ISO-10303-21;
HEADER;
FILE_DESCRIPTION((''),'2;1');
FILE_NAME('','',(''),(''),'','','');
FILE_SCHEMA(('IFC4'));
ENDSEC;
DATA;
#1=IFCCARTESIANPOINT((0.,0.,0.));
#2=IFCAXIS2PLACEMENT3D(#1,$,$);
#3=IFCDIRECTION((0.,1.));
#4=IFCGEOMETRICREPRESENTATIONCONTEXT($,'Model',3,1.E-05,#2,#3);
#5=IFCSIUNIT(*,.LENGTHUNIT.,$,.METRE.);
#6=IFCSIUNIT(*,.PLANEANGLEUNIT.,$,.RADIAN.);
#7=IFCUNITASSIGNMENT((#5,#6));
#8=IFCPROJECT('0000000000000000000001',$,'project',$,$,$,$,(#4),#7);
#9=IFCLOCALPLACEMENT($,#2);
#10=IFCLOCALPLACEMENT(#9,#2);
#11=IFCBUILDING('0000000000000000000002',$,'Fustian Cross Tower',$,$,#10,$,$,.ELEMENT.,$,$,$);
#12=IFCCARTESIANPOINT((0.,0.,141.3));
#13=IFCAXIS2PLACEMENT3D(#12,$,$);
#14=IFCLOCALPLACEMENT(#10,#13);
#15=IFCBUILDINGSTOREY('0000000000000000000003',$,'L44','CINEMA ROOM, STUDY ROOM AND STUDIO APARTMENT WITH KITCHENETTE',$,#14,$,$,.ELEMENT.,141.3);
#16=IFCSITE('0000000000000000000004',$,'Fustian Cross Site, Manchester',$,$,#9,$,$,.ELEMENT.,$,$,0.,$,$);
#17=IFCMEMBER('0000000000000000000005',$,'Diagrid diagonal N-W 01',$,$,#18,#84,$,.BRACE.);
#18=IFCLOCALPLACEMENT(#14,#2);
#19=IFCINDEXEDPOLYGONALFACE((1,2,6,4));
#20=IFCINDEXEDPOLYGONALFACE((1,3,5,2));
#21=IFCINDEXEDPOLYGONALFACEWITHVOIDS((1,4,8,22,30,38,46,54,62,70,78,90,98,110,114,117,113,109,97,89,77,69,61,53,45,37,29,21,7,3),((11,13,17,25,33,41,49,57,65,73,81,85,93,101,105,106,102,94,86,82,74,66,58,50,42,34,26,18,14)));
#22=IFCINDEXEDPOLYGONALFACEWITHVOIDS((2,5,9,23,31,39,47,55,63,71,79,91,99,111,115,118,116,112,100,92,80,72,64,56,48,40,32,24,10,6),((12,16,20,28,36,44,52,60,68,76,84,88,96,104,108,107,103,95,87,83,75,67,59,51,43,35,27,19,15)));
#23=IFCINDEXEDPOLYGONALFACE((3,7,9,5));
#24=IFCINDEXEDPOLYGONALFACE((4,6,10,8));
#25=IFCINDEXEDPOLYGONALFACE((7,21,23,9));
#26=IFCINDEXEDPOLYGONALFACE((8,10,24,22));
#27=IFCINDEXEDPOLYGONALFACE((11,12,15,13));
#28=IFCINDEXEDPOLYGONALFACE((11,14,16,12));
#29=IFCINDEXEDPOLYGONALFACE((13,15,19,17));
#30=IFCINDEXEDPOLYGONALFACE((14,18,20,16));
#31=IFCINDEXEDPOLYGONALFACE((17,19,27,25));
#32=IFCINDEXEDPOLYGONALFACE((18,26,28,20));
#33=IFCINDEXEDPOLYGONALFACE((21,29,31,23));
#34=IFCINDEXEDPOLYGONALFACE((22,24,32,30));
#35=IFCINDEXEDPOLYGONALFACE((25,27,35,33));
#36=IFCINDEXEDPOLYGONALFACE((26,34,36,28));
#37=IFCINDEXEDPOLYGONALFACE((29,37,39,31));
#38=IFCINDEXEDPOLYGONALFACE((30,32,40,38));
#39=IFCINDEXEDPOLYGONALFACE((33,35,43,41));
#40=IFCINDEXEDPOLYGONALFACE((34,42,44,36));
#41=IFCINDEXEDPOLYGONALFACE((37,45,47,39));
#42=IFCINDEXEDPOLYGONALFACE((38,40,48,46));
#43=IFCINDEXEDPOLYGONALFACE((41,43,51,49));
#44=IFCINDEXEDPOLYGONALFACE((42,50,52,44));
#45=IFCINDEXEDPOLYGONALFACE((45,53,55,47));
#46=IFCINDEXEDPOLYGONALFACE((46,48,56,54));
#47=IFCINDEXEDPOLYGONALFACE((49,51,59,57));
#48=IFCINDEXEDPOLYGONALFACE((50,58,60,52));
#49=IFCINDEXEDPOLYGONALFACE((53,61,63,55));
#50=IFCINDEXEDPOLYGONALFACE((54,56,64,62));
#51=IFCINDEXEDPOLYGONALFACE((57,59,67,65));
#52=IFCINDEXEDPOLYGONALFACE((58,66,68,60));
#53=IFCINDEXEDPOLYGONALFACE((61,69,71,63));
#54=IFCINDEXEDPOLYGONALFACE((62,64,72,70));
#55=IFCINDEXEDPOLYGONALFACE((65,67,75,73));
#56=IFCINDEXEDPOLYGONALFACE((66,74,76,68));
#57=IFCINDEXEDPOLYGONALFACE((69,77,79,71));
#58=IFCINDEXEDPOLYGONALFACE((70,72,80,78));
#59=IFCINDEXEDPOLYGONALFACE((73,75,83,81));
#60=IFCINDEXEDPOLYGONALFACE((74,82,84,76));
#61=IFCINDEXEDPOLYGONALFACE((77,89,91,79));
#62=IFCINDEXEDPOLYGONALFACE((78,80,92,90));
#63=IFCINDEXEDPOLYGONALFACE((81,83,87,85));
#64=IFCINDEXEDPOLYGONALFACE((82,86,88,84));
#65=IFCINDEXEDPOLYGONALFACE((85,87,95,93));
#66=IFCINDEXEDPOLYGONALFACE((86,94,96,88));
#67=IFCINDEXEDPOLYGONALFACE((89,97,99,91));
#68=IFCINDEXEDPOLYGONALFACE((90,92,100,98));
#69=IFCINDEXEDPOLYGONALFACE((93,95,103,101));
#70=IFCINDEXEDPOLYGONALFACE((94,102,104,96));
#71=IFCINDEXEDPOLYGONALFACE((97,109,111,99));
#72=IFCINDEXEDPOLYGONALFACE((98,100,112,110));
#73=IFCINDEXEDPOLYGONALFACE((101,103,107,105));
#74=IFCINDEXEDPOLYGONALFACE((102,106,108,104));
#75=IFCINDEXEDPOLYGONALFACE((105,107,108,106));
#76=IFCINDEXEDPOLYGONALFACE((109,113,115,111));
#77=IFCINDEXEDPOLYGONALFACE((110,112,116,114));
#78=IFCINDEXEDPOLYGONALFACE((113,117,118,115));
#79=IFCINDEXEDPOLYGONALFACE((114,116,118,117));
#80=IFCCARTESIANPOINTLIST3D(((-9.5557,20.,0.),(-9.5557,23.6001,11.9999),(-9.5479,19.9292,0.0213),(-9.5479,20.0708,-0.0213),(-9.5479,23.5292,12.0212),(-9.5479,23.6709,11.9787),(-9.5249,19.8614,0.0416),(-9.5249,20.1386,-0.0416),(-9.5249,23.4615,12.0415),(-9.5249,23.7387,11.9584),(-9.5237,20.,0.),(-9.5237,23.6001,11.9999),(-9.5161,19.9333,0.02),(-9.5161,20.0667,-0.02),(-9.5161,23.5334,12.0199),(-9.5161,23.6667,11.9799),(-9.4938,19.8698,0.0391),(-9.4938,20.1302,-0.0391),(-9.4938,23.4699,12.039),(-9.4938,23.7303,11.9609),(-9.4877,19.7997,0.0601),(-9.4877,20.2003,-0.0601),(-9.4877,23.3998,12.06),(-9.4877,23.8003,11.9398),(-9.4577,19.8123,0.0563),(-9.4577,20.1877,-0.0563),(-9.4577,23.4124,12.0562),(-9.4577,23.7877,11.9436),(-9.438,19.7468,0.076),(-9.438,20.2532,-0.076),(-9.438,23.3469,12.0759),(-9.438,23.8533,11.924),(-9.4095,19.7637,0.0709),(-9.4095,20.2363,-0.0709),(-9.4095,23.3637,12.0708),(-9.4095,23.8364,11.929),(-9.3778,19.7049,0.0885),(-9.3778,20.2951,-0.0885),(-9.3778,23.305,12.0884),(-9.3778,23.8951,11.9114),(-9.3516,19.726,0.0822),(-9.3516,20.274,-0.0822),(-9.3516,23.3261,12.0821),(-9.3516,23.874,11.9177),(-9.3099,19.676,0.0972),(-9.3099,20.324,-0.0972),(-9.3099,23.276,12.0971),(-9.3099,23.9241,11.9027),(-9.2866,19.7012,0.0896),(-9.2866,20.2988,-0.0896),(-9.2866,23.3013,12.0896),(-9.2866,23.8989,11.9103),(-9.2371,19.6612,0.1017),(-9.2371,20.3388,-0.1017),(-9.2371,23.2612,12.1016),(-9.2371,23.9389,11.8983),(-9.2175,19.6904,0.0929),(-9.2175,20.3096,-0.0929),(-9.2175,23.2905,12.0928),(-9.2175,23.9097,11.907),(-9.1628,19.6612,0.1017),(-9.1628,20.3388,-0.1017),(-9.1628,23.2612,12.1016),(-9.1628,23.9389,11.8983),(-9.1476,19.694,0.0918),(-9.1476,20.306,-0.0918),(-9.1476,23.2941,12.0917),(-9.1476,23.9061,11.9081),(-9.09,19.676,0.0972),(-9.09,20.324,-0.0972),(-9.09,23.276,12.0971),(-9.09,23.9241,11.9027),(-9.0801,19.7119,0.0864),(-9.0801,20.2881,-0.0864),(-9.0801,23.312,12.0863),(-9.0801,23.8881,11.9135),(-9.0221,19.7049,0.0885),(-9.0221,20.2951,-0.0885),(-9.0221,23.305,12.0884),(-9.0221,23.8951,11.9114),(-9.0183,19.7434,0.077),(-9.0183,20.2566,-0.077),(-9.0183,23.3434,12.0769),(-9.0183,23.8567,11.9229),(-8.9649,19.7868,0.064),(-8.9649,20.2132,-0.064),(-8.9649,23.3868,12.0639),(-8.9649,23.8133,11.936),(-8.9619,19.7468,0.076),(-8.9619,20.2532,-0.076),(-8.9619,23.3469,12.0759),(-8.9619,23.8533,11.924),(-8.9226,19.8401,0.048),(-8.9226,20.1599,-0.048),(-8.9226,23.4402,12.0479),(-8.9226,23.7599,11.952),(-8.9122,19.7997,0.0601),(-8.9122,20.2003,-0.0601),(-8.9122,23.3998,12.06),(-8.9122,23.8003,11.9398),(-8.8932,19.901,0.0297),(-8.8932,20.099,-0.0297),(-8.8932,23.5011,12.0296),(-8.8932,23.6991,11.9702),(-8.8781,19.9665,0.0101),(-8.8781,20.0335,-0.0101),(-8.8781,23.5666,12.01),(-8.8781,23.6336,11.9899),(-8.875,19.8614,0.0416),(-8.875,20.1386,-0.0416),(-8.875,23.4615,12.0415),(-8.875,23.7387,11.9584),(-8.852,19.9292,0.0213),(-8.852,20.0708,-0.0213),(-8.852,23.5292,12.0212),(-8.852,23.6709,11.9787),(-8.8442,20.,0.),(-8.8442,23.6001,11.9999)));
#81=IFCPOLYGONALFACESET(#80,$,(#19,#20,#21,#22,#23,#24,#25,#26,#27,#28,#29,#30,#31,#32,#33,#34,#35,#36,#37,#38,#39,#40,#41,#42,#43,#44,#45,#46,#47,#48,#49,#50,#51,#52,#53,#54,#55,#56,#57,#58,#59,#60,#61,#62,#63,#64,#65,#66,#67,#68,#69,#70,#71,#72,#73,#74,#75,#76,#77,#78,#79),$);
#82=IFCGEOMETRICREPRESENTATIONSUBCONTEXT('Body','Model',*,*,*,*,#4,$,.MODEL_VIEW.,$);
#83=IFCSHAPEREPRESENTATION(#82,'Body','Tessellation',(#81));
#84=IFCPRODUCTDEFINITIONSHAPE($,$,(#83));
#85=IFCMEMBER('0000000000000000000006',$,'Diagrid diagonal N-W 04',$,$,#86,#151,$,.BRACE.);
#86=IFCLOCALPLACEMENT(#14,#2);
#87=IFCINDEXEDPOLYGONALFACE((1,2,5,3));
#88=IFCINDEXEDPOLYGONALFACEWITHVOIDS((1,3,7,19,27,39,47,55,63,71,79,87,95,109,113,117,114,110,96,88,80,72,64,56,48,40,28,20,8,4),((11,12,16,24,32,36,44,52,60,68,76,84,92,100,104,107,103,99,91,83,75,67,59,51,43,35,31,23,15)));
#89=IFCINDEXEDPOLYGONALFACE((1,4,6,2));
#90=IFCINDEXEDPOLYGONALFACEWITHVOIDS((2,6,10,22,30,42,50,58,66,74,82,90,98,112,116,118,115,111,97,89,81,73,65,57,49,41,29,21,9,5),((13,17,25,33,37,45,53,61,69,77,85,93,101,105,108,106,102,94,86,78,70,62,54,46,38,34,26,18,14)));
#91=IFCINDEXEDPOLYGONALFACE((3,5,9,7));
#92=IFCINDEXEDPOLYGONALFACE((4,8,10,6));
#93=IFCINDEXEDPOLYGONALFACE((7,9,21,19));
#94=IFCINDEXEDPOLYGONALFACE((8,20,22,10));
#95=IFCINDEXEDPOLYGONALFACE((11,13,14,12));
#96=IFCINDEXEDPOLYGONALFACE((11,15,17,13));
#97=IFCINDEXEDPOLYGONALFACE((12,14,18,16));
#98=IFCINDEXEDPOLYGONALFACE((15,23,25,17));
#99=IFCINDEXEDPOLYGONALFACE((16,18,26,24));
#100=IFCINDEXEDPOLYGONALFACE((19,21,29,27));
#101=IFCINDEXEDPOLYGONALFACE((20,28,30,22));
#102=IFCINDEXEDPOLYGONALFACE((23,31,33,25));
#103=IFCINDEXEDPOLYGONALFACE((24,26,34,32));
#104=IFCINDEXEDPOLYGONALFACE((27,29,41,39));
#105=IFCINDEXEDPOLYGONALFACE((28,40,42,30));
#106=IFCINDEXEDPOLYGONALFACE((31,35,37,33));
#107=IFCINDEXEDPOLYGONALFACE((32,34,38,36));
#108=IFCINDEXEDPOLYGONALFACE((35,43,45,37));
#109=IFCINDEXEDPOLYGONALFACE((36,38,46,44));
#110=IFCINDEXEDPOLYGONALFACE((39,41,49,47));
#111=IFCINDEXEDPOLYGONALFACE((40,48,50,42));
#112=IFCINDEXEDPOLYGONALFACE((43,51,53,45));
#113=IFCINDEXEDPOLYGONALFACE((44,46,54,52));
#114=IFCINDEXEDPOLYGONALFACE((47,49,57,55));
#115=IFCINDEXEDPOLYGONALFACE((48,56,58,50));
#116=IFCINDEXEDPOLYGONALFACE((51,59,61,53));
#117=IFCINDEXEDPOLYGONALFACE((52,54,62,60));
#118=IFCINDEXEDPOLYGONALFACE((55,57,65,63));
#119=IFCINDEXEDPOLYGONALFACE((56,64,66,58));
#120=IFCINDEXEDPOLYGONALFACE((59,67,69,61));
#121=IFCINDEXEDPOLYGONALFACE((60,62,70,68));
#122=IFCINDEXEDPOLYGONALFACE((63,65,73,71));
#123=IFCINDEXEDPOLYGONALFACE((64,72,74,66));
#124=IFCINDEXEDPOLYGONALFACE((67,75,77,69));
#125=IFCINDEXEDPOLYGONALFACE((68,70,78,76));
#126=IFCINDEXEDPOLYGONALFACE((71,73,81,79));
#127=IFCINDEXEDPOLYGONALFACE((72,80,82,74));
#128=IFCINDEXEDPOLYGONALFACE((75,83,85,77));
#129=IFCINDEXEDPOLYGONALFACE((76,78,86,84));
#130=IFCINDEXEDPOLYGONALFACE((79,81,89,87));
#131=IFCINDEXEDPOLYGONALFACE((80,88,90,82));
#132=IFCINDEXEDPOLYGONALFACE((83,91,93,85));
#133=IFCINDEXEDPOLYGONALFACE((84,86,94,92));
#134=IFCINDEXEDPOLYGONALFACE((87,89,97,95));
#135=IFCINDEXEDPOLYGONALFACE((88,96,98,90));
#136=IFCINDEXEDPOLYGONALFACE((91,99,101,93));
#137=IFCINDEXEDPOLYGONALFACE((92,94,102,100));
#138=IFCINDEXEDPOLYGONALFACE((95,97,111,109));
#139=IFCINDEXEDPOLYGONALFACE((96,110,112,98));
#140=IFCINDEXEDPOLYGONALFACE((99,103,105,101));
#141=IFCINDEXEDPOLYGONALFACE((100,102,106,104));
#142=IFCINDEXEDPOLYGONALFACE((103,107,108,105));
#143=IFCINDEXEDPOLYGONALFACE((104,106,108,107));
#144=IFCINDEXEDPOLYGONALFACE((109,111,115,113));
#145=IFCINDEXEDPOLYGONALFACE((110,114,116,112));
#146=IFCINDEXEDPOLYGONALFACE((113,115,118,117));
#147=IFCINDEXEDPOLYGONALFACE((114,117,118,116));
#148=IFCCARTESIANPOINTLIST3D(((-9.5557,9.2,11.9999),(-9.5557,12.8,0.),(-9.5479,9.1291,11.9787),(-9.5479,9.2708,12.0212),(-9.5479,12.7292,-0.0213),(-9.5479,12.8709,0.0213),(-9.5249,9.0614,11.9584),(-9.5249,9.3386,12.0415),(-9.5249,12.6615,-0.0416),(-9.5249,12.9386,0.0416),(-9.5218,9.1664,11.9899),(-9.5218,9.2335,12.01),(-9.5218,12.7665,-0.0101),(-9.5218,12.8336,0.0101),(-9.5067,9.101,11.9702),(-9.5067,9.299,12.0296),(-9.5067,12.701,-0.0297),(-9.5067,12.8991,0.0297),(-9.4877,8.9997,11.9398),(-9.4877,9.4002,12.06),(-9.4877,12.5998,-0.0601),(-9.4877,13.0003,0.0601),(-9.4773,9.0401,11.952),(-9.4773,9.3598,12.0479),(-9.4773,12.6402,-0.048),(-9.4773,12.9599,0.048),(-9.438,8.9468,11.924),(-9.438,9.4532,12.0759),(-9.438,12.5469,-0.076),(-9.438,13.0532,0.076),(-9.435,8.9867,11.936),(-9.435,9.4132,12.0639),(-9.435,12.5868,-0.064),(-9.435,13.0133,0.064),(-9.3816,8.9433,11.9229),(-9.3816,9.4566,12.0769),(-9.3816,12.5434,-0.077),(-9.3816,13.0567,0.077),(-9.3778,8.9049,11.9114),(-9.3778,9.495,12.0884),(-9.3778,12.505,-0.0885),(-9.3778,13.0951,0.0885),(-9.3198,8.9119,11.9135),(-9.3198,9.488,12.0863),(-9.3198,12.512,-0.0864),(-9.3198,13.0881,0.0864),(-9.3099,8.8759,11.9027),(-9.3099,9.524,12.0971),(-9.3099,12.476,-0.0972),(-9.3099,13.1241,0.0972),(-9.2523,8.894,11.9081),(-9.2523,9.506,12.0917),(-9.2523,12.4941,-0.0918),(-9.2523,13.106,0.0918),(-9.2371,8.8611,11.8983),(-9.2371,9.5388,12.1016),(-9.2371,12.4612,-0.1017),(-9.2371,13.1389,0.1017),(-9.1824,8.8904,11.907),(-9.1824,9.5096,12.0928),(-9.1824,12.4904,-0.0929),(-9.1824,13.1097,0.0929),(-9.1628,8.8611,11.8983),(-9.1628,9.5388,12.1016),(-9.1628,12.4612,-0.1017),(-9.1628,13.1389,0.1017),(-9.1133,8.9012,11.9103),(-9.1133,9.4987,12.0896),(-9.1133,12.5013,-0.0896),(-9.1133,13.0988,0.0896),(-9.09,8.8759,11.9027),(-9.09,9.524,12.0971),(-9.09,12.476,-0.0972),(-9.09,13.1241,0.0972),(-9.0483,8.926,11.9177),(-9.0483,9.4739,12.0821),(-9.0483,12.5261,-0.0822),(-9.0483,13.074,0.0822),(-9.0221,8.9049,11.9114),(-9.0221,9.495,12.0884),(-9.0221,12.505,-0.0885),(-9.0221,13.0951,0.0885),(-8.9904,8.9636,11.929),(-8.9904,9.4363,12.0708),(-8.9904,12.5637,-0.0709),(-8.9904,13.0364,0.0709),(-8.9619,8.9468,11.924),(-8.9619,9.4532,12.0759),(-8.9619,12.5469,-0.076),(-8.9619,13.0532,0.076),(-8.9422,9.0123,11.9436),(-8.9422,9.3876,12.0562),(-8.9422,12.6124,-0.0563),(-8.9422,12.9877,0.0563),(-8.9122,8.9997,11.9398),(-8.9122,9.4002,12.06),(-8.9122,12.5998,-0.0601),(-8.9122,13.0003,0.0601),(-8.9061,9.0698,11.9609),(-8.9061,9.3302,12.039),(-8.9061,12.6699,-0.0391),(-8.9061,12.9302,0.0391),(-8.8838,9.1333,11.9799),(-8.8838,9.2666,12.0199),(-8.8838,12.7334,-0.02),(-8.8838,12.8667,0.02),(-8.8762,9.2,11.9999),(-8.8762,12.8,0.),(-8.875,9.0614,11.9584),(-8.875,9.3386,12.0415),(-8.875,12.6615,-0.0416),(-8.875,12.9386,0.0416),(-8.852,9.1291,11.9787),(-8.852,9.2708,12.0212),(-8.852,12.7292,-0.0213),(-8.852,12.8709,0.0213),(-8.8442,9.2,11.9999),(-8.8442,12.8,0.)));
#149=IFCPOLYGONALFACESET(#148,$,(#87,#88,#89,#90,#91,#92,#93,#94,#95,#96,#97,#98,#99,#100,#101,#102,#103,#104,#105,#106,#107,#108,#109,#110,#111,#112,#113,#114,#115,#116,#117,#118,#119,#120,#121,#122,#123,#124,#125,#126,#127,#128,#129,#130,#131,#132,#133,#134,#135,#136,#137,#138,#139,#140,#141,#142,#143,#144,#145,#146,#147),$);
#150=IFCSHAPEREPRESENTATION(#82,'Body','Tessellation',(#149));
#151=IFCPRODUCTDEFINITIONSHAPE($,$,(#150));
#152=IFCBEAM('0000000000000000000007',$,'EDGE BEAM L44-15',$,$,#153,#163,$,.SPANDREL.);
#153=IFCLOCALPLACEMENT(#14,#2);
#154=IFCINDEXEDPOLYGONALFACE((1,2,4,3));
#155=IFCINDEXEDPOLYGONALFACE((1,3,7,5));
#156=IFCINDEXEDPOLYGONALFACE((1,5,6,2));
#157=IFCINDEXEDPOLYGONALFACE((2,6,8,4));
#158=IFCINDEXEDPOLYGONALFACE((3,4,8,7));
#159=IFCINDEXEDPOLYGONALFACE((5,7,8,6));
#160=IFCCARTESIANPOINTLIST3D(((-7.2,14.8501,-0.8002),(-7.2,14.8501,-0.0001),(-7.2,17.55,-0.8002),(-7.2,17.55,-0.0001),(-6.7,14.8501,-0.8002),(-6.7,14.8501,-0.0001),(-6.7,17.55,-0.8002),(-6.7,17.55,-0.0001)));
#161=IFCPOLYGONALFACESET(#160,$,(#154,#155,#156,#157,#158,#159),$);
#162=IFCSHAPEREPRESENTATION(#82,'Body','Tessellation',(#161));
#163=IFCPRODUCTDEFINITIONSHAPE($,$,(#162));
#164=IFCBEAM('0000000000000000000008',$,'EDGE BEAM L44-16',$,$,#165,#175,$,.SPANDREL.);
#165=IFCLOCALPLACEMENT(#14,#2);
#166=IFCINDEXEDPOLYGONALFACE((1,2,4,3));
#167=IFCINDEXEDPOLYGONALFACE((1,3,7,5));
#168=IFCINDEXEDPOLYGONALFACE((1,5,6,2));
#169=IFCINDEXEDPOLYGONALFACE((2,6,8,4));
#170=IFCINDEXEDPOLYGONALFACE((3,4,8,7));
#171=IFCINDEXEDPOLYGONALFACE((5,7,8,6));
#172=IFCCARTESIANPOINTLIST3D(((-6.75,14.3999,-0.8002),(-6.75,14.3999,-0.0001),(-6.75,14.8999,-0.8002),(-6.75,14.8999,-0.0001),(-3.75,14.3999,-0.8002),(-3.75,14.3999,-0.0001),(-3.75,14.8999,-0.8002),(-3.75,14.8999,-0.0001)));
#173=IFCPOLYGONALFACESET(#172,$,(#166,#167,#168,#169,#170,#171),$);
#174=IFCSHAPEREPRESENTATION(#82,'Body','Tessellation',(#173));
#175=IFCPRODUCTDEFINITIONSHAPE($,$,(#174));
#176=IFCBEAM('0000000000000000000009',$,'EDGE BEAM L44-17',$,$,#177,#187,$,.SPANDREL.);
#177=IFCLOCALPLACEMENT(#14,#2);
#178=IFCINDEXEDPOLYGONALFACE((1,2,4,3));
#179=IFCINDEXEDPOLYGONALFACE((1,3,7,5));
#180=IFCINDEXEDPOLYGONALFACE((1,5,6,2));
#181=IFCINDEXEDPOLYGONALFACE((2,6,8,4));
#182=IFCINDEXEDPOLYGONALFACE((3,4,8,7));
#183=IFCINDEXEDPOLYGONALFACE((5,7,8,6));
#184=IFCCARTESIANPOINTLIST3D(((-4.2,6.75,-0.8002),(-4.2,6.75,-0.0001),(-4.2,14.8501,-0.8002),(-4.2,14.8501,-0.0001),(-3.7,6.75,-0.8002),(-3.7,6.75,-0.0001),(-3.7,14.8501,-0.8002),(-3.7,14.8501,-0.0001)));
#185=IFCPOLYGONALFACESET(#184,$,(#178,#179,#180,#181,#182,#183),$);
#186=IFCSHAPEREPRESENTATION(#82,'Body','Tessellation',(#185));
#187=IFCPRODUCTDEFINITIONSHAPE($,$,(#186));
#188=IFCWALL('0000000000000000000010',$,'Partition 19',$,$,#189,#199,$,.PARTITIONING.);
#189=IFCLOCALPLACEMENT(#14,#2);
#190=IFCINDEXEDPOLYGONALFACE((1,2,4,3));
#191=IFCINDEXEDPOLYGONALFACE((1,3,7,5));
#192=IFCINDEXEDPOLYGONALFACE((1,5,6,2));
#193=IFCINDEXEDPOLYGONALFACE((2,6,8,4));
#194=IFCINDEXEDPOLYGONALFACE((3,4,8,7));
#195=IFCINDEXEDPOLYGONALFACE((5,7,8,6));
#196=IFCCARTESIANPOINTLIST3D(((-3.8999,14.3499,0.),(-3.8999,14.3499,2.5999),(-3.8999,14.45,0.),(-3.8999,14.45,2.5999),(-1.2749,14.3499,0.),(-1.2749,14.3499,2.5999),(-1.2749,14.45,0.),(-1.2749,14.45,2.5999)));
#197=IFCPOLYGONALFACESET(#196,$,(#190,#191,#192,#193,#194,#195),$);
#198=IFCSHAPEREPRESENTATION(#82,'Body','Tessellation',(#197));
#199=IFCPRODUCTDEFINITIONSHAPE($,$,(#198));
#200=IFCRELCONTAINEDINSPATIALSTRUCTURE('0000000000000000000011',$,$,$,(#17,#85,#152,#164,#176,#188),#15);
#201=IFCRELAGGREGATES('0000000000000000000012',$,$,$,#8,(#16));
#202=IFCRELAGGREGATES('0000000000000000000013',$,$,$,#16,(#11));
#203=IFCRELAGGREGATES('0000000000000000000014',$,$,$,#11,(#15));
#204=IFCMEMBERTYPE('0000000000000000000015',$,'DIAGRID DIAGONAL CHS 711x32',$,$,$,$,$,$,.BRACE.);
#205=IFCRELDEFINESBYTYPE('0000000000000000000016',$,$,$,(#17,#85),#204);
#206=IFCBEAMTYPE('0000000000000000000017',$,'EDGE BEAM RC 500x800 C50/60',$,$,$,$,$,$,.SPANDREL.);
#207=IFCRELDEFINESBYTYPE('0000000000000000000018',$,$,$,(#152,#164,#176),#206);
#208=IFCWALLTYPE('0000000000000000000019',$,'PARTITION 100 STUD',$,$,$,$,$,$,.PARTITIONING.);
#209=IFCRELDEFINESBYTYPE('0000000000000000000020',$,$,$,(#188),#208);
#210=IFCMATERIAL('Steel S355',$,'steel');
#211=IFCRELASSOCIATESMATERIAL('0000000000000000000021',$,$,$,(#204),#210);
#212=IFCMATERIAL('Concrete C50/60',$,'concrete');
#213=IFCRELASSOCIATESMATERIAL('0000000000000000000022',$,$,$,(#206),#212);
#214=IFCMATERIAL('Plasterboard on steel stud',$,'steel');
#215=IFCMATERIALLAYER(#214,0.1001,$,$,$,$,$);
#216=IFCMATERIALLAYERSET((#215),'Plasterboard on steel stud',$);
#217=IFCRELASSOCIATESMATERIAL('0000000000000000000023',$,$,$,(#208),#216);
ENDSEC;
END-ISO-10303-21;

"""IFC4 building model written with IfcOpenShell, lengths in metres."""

from ifc_helpers import new_model, si_unit, direction, frame, frame_2d, origin, origin_2d, place, context, subcontext, project, spatial, rectangle, hollow_circle, extrude, material, layer, layer_set, material_profile, profile_set, type_object, element, save


model = new_model("IFC4")

# Units and contexts
model_context = context("Model", 3, precision=1e-05, world=origin(), true_north=direction((0.0, 1.0)))
body_context = subcontext(model_context, "Body", "Model", "MODEL_VIEW")
ifc_project = project(units=[si_unit("LENGTHUNIT", "METRE"), si_unit("PLANEANGLEUNIT", "RADIAN")], contexts=[model_context])

# Site, building, storey
site_placement = place(None, origin())
site = spatial("IfcSite", under=ifc_project, at=site_placement, Name="Fustian Cross Site, Manchester", CompositionType="ELEMENT", RefElevation=0.0)
building_placement = place(site_placement, origin())
building = spatial("IfcBuilding", under=site, at=building_placement, Name="Fustian Cross Tower", CompositionType="ELEMENT")
storey_placement = place(building_placement, frame((0.0, 0.0, 141.3)))
storey = spatial("IfcBuildingStorey", under=building, at=storey_placement, Name="L44", Description="CINEMA ROOM, STUDY ROOM AND STUDIO APARTMENT WITH KITCHENETTE", CompositionType="ELEMENT", Elevation=141.3)

# Members
ifc_material_1 = material(Name="Steel S355", Category="steel")
ifc_material_profile_1 = material_profile(ifc_material_1, hollow_circle(Radius=0.3557, WallThickness=0.032, at=origin_2d()), Name="CHS 711x32")
ifc_profile_set_1 = profile_set([ifc_material_profile_1], Name="Steel S355")
member_type_1 = type_object("IfcMemberType", Name="DIAGRID DIAGONAL CHS 711x32", PredefinedType="BRACE", material=ifc_profile_set_1)
for number, where, z_axis, x_axis, name in (
    (1, (-9.2, 20.0, 0.0), (0.0, 0.287355, 0.957824), (-1.0, 0.0, 0.0), "Diagrid diagonal N-W 01"),
    (2, (-9.2, 12.8, 0.0), (0.0, -0.287355, 0.957824), (1.0, 0.0, 0.0), "Diagrid diagonal N-W 04"),
):
    element("IfcMember", number, at=place(storey_placement, frame(where, z_axis=z_axis, x_axis=x_axis)), inside=storey, type_object=member_type_1, Name=name, PredefinedType="BRACE", context=body_context, shape_type="SweptSolid", body=[
        extrude(hollow_circle(Radius=0.3557, WallThickness=0.032, at=origin_2d()), origin(), (0.0, 0.0, 1.0), 12.5283),
    ])

# Beams
ifc_material_2 = material(Name="Concrete C50/60", Category="concrete")
ifc_material_profile_2 = material_profile(ifc_material_2, rectangle(XDim=0.5, YDim=0.8, at=origin_2d()), Name="RC 500x800")
ifc_profile_set_2 = profile_set([ifc_material_profile_2], Name="Concrete C50/60")
beam_type = type_object("IfcBeamType", Name="EDGE BEAM RC 500x800 C50/60", PredefinedType="SPANDREL", material=ifc_profile_set_2)
beam_1_placement = place(storey_placement, frame((-6.95, 17.55, -0.4001), z_axis=(0.0, -1.0, 0.0), x_axis=(1.0, 0.0, 0.0)))
element("IfcBeam", 3, at=beam_1_placement, inside=storey, type_object=beam_type, Name="EDGE BEAM L44-15", PredefinedType="SPANDREL", context=body_context, shape_type="SweptSolid", body=[
    extrude(rectangle(XDim=0.5, YDim=0.8, at=origin_2d()), origin(), (0.0, 0.0, 1.0), 2.7),
])
beam_2_placement = place(storey_placement, frame((-6.75, 14.6499, -0.4001), z_axis=(1.0, 0.0, 0.0), x_axis=(0.0, 1.0, 0.0)))
element("IfcBeam", 4, at=beam_2_placement, inside=storey, type_object=beam_type, Name="EDGE BEAM L44-16", PredefinedType="SPANDREL", context=body_context, shape_type="SweptSolid", body=[
    extrude(rectangle(XDim=0.5, YDim=0.8, at=origin_2d()), origin(), (0.0, 0.0, 1.0), 3.0),
])
beam_3_placement = place(storey_placement, frame((-3.95, 14.8501, -0.4001), z_axis=(0.0, -1.0, 0.0), x_axis=(1.0, 0.0, 0.0)))
element("IfcBeam", 5, at=beam_3_placement, inside=storey, type_object=beam_type, Name="EDGE BEAM L44-17", PredefinedType="SPANDREL", context=body_context, shape_type="SweptSolid", body=[
    extrude(rectangle(XDim=0.5, YDim=0.8, at=origin_2d()), origin(), (0.0, 0.0, 1.0), 8.1001),
])

# Wall
ifc_material_3 = material(Name="Plasterboard on steel stud", Category="steel")
ifc_layer_1 = layer(ifc_material_3, 0.1001)
ifc_layer_set_1 = layer_set([ifc_layer_1], Name="Plasterboard on steel stud")
wall_type_1 = type_object("IfcWallType", Name="PARTITION 100 STUD", PredefinedType="PARTITIONING", material=ifc_layer_set_1)
wall_1_placement = place(storey_placement, frame((-3.8999, 14.3999, 0.0), z_axis=(0.0, 0.0, 1.0), x_axis=(1.0, 0.0, 0.0)))
element("IfcWall", 6, at=wall_1_placement, inside=storey, type_object=wall_type_1, Name="Partition 19", PredefinedType="PARTITIONING", context=body_context, shape_type="SweptSolid", body=[
    extrude(rectangle(XDim=2.625, YDim=0.1001, at=frame_2d((1.3125, 0.0))), origin(), (0.0, 0.0, 1.0), 2.5999),
])

save(model, "model.ifc")
